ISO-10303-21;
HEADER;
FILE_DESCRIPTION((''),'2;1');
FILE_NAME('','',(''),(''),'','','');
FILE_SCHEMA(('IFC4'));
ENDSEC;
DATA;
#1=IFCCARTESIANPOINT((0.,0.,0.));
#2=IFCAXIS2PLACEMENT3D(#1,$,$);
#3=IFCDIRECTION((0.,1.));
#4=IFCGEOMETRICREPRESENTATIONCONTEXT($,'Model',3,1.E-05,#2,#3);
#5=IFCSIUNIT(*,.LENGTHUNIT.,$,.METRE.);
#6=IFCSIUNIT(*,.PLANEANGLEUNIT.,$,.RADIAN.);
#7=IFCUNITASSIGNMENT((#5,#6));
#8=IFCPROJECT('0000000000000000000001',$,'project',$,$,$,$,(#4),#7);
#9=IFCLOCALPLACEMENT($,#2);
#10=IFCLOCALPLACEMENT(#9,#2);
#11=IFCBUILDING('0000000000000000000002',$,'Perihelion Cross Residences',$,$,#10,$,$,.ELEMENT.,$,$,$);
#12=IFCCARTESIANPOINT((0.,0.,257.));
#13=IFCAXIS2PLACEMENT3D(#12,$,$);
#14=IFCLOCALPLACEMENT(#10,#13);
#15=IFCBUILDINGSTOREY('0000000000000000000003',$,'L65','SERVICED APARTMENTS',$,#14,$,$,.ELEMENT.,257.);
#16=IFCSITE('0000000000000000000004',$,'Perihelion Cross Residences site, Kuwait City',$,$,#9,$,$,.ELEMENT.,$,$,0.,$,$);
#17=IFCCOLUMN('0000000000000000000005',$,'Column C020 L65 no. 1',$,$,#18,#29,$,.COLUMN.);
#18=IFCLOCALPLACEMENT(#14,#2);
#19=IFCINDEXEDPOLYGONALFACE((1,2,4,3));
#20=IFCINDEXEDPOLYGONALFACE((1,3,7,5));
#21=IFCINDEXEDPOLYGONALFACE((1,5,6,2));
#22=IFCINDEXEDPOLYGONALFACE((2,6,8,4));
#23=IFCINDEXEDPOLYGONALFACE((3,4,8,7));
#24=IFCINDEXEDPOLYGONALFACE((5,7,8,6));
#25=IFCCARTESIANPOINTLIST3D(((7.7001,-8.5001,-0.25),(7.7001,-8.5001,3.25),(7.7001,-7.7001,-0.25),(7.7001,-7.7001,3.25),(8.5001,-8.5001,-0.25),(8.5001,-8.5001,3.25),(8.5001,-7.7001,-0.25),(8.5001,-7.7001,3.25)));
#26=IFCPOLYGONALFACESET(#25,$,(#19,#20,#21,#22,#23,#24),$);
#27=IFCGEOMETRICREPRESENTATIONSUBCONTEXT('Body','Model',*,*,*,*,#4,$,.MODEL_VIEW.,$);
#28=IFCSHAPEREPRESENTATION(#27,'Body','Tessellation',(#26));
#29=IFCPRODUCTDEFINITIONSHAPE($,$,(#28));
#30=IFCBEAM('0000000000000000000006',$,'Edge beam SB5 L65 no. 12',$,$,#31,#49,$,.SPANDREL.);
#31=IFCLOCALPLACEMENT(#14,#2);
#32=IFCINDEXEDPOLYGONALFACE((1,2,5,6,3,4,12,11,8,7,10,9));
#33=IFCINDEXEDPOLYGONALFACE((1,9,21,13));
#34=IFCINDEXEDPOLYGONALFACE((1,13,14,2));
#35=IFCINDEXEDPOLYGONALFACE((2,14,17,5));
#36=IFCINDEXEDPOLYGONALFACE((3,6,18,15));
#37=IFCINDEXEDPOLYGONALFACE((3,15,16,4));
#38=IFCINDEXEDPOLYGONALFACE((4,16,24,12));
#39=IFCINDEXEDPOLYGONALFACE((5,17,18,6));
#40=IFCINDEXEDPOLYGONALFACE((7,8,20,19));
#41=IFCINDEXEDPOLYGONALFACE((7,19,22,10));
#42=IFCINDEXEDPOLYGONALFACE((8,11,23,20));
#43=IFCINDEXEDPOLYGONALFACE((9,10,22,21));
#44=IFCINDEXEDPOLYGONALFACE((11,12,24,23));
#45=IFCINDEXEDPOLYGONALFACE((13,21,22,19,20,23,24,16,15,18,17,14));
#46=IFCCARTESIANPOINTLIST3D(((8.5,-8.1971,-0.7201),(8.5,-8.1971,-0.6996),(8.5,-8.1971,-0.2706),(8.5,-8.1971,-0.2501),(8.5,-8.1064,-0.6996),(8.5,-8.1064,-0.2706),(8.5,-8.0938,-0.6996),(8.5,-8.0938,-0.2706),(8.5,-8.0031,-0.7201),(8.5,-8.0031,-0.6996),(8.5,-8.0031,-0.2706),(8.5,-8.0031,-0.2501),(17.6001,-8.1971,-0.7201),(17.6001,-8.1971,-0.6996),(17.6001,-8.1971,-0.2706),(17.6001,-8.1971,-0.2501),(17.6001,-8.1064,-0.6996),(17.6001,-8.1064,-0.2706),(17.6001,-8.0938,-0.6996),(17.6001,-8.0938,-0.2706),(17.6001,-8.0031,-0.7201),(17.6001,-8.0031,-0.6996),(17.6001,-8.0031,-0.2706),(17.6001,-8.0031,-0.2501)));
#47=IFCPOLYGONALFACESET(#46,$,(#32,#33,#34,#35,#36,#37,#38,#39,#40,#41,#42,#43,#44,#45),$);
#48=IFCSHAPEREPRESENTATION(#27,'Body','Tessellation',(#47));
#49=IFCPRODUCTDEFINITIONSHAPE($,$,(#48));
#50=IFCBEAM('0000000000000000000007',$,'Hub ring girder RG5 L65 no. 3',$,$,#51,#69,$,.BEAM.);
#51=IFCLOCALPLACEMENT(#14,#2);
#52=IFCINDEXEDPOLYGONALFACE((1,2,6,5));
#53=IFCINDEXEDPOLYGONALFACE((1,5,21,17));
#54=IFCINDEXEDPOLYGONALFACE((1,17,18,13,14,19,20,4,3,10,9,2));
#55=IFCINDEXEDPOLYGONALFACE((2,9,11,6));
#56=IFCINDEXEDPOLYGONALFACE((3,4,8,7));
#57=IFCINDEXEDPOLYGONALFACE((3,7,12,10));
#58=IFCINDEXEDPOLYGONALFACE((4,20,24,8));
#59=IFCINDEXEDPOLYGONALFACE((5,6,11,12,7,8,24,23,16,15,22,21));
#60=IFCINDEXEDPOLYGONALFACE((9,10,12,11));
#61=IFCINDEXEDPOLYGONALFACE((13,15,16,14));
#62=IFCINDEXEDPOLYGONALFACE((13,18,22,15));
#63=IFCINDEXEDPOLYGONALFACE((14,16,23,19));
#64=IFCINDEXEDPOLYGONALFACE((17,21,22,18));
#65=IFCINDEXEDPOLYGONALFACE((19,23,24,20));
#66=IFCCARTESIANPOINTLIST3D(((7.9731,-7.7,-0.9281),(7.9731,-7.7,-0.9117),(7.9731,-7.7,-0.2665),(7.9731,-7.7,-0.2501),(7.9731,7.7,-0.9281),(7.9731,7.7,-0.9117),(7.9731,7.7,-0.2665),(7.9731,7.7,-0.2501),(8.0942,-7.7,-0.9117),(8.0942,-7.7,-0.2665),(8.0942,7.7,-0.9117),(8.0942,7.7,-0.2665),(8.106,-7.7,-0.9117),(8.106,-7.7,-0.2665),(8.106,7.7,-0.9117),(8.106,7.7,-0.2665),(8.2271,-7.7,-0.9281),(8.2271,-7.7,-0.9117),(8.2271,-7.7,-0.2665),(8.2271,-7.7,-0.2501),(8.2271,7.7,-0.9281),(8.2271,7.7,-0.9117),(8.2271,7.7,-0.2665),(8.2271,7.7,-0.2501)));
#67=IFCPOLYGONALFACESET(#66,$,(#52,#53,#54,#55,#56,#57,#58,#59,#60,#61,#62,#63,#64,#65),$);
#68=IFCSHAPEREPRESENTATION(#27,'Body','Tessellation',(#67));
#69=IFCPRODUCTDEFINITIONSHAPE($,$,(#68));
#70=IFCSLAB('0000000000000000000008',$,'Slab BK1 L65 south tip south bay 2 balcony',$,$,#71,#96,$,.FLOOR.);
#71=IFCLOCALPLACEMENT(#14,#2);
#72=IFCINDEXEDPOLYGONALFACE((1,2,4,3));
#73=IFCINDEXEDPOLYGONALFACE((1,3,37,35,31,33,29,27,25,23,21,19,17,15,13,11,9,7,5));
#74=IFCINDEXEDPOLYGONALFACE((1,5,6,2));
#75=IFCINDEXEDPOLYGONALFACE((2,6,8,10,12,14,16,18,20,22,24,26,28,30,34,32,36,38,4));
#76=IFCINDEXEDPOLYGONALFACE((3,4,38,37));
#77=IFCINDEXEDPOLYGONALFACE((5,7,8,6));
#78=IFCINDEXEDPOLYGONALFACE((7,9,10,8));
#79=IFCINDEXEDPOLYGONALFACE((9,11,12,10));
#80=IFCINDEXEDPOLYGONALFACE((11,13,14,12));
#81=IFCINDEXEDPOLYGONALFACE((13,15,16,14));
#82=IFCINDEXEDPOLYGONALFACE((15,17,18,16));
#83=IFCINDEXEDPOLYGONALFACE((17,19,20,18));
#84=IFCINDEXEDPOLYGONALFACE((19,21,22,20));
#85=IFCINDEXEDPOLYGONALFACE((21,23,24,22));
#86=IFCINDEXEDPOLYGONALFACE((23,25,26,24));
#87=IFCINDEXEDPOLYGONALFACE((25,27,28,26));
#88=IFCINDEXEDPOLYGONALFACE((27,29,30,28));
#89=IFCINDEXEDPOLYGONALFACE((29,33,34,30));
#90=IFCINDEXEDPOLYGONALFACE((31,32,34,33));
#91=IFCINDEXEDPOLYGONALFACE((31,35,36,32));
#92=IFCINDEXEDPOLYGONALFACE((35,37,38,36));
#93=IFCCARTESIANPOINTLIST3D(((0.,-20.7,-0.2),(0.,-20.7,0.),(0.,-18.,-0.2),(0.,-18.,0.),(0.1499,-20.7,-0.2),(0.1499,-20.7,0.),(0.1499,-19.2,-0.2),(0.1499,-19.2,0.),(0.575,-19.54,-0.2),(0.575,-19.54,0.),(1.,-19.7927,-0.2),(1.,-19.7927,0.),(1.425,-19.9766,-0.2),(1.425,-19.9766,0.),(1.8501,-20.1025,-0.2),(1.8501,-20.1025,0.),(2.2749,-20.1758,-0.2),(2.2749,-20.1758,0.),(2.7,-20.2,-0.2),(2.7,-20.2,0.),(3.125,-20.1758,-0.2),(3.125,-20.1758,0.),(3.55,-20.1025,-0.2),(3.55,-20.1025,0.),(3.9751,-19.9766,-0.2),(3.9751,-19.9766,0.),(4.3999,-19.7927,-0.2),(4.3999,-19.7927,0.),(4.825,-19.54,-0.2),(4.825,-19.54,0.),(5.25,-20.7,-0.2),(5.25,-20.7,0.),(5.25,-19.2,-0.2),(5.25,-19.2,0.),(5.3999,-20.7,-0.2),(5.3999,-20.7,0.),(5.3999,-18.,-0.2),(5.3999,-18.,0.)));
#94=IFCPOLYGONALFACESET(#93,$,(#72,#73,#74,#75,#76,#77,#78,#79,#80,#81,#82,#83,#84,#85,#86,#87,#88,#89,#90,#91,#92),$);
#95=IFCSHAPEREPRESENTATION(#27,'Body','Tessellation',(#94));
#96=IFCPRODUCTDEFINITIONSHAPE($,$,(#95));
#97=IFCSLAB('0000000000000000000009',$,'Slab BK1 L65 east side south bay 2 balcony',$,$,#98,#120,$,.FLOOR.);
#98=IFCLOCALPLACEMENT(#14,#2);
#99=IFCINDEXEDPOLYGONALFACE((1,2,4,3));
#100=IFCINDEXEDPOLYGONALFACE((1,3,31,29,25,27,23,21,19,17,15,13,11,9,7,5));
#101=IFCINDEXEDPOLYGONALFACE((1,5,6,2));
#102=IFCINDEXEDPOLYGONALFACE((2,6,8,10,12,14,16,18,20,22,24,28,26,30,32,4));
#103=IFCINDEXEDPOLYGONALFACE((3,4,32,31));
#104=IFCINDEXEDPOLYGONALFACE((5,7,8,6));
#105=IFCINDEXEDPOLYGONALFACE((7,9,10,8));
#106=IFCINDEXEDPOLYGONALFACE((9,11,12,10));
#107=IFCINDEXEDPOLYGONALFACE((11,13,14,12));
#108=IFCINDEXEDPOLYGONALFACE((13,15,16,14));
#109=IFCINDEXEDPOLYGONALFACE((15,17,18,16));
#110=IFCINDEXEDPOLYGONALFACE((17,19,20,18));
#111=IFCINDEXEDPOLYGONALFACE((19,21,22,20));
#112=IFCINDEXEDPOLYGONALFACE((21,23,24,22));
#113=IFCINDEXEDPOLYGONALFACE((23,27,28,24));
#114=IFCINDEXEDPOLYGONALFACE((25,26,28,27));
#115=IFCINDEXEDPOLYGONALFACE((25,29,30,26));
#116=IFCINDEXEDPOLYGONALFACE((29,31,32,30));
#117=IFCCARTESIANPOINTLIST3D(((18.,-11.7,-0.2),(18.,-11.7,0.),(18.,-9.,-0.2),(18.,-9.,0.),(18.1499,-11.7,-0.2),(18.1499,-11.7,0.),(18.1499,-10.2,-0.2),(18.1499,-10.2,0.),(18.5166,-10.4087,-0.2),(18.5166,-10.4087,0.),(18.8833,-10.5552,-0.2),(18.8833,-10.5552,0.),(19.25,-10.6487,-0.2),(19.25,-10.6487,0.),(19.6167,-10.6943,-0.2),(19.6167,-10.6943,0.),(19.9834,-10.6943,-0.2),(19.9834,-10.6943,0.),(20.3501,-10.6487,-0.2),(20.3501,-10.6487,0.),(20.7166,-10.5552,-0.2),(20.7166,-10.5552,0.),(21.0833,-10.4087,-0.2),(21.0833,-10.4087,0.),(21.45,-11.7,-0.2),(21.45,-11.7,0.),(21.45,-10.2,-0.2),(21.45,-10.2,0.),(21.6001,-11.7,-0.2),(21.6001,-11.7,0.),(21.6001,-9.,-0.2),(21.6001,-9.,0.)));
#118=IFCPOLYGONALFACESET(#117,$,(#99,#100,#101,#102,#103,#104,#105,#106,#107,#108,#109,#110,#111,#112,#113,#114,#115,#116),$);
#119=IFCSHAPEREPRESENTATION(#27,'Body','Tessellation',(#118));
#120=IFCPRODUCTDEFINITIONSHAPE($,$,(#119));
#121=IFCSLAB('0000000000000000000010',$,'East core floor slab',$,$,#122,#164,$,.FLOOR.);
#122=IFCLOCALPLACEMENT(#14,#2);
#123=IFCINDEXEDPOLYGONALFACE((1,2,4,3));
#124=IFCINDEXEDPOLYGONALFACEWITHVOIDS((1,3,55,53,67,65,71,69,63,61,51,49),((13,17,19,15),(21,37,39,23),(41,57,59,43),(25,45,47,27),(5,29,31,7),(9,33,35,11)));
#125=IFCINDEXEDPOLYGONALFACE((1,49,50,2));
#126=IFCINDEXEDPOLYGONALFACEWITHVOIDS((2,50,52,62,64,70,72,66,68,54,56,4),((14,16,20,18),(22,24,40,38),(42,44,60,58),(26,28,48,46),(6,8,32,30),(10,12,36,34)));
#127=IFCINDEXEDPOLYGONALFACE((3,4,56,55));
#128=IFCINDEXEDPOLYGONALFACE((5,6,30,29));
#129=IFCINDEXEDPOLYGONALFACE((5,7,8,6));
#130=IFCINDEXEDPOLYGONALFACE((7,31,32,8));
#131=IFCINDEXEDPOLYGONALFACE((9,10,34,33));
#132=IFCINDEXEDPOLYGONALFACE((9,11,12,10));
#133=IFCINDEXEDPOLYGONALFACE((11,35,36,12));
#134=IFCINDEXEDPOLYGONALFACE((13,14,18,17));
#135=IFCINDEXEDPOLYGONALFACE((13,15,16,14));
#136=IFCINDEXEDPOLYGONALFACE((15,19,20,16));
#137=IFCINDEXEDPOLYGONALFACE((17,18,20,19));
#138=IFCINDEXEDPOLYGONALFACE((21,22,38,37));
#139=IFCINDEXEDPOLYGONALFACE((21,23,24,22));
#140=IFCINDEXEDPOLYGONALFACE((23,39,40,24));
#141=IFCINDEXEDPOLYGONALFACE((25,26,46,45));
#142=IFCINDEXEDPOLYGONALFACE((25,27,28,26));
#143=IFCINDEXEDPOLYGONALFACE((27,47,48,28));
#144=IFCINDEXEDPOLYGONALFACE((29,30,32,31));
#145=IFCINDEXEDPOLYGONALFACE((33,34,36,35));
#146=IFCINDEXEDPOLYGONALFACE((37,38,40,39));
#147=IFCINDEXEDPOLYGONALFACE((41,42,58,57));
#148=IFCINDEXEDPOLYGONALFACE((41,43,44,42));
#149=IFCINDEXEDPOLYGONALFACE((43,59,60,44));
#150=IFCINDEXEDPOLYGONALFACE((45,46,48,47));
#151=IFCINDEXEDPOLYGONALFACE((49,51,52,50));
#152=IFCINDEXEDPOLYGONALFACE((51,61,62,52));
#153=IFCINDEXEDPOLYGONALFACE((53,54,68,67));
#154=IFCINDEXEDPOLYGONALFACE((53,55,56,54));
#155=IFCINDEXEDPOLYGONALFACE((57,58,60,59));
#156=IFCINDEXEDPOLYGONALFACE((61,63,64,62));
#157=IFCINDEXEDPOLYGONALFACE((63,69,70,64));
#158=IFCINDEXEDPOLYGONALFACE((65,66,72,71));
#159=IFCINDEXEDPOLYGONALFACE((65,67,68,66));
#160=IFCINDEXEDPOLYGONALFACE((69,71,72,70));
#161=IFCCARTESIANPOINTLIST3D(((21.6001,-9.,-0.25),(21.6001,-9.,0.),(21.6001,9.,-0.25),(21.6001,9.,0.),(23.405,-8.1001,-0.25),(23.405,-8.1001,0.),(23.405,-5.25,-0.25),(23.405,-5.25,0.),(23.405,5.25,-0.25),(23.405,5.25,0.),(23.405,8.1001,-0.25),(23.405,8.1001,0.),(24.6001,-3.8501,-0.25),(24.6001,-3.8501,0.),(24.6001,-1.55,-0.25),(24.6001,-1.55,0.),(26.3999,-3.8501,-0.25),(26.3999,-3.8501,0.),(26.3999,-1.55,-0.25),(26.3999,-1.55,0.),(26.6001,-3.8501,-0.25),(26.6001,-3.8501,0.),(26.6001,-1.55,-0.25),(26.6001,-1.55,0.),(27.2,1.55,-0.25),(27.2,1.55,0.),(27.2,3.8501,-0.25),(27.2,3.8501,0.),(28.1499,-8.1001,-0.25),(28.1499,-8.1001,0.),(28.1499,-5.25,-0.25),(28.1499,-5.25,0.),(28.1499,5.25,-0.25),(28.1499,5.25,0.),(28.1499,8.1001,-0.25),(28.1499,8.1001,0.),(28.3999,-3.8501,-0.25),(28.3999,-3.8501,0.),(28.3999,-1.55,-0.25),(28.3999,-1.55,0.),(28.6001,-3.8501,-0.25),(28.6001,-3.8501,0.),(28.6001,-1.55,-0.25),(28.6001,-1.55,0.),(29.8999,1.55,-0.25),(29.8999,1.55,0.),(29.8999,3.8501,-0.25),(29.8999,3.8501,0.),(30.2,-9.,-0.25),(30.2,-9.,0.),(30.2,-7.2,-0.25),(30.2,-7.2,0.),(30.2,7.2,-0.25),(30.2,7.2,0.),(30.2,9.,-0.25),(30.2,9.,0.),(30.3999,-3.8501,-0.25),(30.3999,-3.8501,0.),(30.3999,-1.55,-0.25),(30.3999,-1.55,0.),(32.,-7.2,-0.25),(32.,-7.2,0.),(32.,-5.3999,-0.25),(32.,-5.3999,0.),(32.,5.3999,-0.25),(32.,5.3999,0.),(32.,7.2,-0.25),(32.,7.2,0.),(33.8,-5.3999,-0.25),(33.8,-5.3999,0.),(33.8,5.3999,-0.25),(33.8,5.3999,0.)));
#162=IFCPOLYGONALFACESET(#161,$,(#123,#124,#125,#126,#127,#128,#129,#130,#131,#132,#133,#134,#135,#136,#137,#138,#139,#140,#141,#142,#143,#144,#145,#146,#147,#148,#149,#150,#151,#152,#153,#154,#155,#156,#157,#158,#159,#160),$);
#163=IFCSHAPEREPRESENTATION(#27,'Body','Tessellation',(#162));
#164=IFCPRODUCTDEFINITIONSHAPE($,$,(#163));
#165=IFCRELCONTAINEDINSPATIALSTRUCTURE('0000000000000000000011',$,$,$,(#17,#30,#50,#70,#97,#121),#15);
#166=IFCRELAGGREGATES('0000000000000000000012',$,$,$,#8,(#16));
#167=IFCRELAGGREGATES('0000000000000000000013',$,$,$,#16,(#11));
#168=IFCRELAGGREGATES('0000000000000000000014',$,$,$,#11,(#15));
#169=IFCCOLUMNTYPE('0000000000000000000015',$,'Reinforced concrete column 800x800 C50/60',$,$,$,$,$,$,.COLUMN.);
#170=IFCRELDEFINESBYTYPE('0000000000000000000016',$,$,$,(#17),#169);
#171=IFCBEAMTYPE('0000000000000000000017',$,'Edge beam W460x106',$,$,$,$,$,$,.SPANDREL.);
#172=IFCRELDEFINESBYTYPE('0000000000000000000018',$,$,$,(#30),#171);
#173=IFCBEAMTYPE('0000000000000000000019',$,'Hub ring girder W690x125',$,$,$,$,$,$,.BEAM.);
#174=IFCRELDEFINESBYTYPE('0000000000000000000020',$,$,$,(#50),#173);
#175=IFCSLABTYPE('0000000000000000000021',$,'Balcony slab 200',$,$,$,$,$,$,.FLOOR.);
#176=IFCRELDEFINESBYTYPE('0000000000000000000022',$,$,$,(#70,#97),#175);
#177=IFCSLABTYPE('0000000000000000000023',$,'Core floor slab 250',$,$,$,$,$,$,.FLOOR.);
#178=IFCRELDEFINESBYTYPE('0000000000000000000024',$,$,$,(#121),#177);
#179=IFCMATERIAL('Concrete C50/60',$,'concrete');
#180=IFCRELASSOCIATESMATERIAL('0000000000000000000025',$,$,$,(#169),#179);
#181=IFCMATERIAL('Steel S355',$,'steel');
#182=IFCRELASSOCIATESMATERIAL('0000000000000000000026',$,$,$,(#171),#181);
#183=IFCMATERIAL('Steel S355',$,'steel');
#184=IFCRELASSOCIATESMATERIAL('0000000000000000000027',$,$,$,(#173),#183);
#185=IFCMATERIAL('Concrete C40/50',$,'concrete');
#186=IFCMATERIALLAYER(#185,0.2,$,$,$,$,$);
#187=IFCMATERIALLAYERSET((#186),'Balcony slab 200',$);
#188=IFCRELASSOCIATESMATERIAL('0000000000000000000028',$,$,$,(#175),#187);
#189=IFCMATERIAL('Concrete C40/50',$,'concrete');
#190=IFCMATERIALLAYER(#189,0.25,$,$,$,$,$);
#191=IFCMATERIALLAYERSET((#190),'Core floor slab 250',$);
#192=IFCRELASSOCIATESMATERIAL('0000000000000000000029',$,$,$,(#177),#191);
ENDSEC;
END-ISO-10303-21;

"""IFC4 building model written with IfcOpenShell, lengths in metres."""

from ifc_helpers import new_model, si_unit, direction, frame, origin, origin_2d, place, context, subcontext, project, spatial, polyline, rectangle, i_section, outline, extrude, material, layer, layer_set, material_profile, profile_set, type_object, element, save


model = new_model("IFC4")

# Units and contexts
model_context = context("Model", 3, precision=1e-05, world=origin(), true_north=direction((0.0, 1.0)))
body_context = subcontext(model_context, "Body", "Model", "MODEL_VIEW")
ifc_project = project(units=[si_unit("LENGTHUNIT", "METRE"), si_unit("PLANEANGLEUNIT", "RADIAN")], contexts=[model_context])

# Site, building, storey
site_placement = place(None, origin())
site = spatial("IfcSite", under=ifc_project, at=site_placement, Name="Perihelion Cross Residences site, Kuwait City", CompositionType="ELEMENT", RefElevation=0.0)
building_placement = place(site_placement, origin())
building = spatial("IfcBuilding", under=site, at=building_placement, Name="Perihelion Cross Residences", CompositionType="ELEMENT")
storey_placement = place(building_placement, frame((0.0, 0.0, 257.0)))
storey = spatial("IfcBuildingStorey", under=building, at=storey_placement, Name="L65", Description="SERVICED APARTMENTS", CompositionType="ELEMENT", Elevation=257.0)

# Column
ifc_material_1 = material(Name="Concrete C50/60", Category="concrete")
ifc_material_profile_1 = material_profile(ifc_material_1, rectangle(XDim=0.8, YDim=0.8, at=origin_2d()), Name="RC 800x800")
ifc_profile_set_1 = profile_set([ifc_material_profile_1], Name="Concrete C50/60")
column_type = type_object("IfcColumnType", Name="Reinforced concrete column 800x800 C50/60", PredefinedType="COLUMN", material=ifc_profile_set_1)
column_placement = place(storey_placement, frame((8.1001, -8.1001, -0.25), z_axis=(0.0, 0.0, 1.0), x_axis=(1.0, 0.0, 0.0)))
element("IfcColumn", 1, at=column_placement, inside=storey, type_object=column_type, Name="Column C020 L65 no. 1", PredefinedType="COLUMN", context=body_context, shape_type="SweptSolid", body=[
    extrude(rectangle(XDim=0.8, YDim=0.8, at=origin_2d()), origin(), (0.0, 0.0, 1.0), 3.5),
])

# Beams
ifc_material_2 = material(Name="Steel S355", Category="steel")
ifc_material_profile_2 = material_profile(ifc_material_2, i_section(OverallWidth=0.1941, OverallDepth=0.47, WebThickness=0.0127, FlangeThickness=0.0205, at=origin_2d()), Name="W460x106")
ifc_profile_set_2 = profile_set([ifc_material_profile_2], Name="Steel S355")
beam_type_1 = type_object("IfcBeamType", Name="Edge beam W460x106", PredefinedType="SPANDREL", material=ifc_profile_set_2)
beam_1_placement = place(storey_placement, frame((8.5, -8.1001, -0.4851), z_axis=(1.0, 0.0, 0.0), x_axis=(0.0, 1.0, 0.0)))
element("IfcBeam", 2, at=beam_1_placement, inside=storey, type_object=beam_type_1, Name="Edge beam SB5 L65 no. 12", PredefinedType="SPANDREL", context=body_context, shape_type="SweptSolid", body=[
    extrude(i_section(OverallWidth=0.1941, OverallDepth=0.47, WebThickness=0.0127, FlangeThickness=0.0205, at=origin_2d()), origin(), (0.0, 0.0, 1.0), 9.1001),
])
ifc_material_3 = material(Name="Steel S355", Category="steel")
ifc_material_profile_3 = material_profile(ifc_material_3, i_section(OverallWidth=0.2539, OverallDepth=0.678, WebThickness=0.0117, FlangeThickness=0.0164, at=origin_2d()), Name="W690x125")
ifc_profile_set_3 = profile_set([ifc_material_profile_3], Name="Steel S355")
beam_type_2 = type_object("IfcBeamType", Name="Hub ring girder W690x125", PredefinedType="BEAM", material=ifc_profile_set_3)
beam_2_placement = place(storey_placement, frame((8.1001, -7.7, -0.5891), z_axis=(0.0, 1.0, 0.0), x_axis=(-1.0, 0.0, 0.0)))
element("IfcBeam", 3, at=beam_2_placement, inside=storey, type_object=beam_type_2, Name="Hub ring girder RG5 L65 no. 3", PredefinedType="BEAM", context=body_context, shape_type="SweptSolid", body=[
    extrude(i_section(OverallWidth=0.2539, OverallDepth=0.678, WebThickness=0.0117, FlangeThickness=0.0164, at=origin_2d()), origin(), (0.0, 0.0, 1.0), 15.3999),
])

# Slabs
ifc_material_4 = material(Name="Concrete C40/50", Category="concrete")
ifc_layer_1 = layer(ifc_material_4, 0.2)
ifc_layer_set_1 = layer_set([ifc_layer_1], Name="Balcony slab 200")
slab_type_1 = type_object("IfcSlabType", Name="Balcony slab 200", PredefinedType="FLOOR", material=ifc_layer_set_1)
slab_1_placement = place(storey_placement, frame((0.0, 0.0, -0.2)))
element("IfcSlab", 4, at=slab_1_placement, inside=storey, type_object=slab_type_1, Name="Slab BK1 L65 south tip south bay 2 balcony", PredefinedType="FLOOR", context=body_context, shape_type="SweptSolid", body=[
    extrude(outline(polyline([(0.0, -18.0), (5.3999, -18.0), (5.3999, -20.7), (5.25, -20.7), (5.25, -19.2), (4.825, -19.54), (4.3999, -19.7927), (3.9751, -19.9766), (3.55, -20.1025), (3.125, -20.1758), (2.7, -20.2), (2.2749, -20.1758), (1.8501, -20.1025), (1.425, -19.9766), (1.0, -19.7927), (0.575, -19.54), (0.1499, -19.2), (0.1499, -20.7), (0.0, -20.7), (0.0, -18.0)])), origin(), (0.0, 0.0, 1.0), 0.2),
])
slab_2_placement = place(storey_placement, frame((0.0, 0.0, -0.2)))
element("IfcSlab", 5, at=slab_2_placement, inside=storey, type_object=slab_type_1, Name="Slab BK1 L65 east side south bay 2 balcony", PredefinedType="FLOOR", context=body_context, shape_type="SweptSolid", body=[
    extrude(outline(polyline([(18.0, -9.0), (21.6001, -9.0), (21.6001, -11.7), (21.45, -11.7), (21.45, -10.2), (21.0833, -10.4087), (20.7166, -10.5552), (20.3501, -10.6487), (19.9834, -10.6943), (19.6167, -10.6943), (19.25, -10.6487), (18.8833, -10.5552), (18.5166, -10.4087), (18.1499, -10.2), (18.1499, -11.7), (18.0, -11.7), (18.0, -9.0)])), origin(), (0.0, 0.0, 1.0), 0.2),
])
ifc_material_5 = material(Name="Concrete C40/50", Category="concrete")
ifc_layer_2 = layer(ifc_material_5, 0.25)
ifc_layer_set_2 = layer_set([ifc_layer_2], Name="Core floor slab 250")
slab_type_2 = type_object("IfcSlabType", Name="Core floor slab 250", PredefinedType="FLOOR", material=ifc_layer_set_2)
slab_3_placement = place(storey_placement, frame((0.0, 0.0, -0.25)))
element("IfcSlab", 6, at=slab_3_placement, inside=storey, type_object=slab_type_2, Name="East core floor slab", PredefinedType="FLOOR", context=body_context, shape_type="SweptSolid", body=[
    extrude(outline(polyline([(30.2, 7.2), (32.0, 7.2), (32.0, 5.3999), (33.8, 5.3999), (33.8, -5.3999), (32.0, -5.3999), (32.0, -7.2), (30.2, -7.2), (30.2, -9.0), (21.6001, -9.0), (21.6001, 9.0), (30.2, 9.0), (30.2, 7.2)]), holes=[polyline([(28.1499, -8.1001), (28.1499, -5.25), (23.405, -5.25), (23.405, -8.1001), (28.1499, -8.1001)]), polyline([(24.6001, -1.55), (24.6001, -3.8501), (26.3999, -3.8501), (26.3999, -1.55), (24.6001, -1.55)]), polyline([(26.6001, -1.55), (26.6001, -3.8501), (28.3999, -3.8501), (28.3999, -1.55), (26.6001, -1.55)]), polyline([(28.6001, -3.8501), (30.3999, -3.8501), (30.3999, -1.55), (28.6001, -1.55), (28.6001, -3.8501)]), polyline([(27.2, 3.8501), (27.2, 1.55), (29.8999, 1.55), (29.8999, 3.8501), (27.2, 3.8501)]), polyline([(23.405, 5.25), (28.1499, 5.25), (28.1499, 8.1001), (23.405, 8.1001), (23.405, 5.25)])]), origin(), (0.0, 0.0, 1.0), 0.25),
])

save(model, "model.ifc")
